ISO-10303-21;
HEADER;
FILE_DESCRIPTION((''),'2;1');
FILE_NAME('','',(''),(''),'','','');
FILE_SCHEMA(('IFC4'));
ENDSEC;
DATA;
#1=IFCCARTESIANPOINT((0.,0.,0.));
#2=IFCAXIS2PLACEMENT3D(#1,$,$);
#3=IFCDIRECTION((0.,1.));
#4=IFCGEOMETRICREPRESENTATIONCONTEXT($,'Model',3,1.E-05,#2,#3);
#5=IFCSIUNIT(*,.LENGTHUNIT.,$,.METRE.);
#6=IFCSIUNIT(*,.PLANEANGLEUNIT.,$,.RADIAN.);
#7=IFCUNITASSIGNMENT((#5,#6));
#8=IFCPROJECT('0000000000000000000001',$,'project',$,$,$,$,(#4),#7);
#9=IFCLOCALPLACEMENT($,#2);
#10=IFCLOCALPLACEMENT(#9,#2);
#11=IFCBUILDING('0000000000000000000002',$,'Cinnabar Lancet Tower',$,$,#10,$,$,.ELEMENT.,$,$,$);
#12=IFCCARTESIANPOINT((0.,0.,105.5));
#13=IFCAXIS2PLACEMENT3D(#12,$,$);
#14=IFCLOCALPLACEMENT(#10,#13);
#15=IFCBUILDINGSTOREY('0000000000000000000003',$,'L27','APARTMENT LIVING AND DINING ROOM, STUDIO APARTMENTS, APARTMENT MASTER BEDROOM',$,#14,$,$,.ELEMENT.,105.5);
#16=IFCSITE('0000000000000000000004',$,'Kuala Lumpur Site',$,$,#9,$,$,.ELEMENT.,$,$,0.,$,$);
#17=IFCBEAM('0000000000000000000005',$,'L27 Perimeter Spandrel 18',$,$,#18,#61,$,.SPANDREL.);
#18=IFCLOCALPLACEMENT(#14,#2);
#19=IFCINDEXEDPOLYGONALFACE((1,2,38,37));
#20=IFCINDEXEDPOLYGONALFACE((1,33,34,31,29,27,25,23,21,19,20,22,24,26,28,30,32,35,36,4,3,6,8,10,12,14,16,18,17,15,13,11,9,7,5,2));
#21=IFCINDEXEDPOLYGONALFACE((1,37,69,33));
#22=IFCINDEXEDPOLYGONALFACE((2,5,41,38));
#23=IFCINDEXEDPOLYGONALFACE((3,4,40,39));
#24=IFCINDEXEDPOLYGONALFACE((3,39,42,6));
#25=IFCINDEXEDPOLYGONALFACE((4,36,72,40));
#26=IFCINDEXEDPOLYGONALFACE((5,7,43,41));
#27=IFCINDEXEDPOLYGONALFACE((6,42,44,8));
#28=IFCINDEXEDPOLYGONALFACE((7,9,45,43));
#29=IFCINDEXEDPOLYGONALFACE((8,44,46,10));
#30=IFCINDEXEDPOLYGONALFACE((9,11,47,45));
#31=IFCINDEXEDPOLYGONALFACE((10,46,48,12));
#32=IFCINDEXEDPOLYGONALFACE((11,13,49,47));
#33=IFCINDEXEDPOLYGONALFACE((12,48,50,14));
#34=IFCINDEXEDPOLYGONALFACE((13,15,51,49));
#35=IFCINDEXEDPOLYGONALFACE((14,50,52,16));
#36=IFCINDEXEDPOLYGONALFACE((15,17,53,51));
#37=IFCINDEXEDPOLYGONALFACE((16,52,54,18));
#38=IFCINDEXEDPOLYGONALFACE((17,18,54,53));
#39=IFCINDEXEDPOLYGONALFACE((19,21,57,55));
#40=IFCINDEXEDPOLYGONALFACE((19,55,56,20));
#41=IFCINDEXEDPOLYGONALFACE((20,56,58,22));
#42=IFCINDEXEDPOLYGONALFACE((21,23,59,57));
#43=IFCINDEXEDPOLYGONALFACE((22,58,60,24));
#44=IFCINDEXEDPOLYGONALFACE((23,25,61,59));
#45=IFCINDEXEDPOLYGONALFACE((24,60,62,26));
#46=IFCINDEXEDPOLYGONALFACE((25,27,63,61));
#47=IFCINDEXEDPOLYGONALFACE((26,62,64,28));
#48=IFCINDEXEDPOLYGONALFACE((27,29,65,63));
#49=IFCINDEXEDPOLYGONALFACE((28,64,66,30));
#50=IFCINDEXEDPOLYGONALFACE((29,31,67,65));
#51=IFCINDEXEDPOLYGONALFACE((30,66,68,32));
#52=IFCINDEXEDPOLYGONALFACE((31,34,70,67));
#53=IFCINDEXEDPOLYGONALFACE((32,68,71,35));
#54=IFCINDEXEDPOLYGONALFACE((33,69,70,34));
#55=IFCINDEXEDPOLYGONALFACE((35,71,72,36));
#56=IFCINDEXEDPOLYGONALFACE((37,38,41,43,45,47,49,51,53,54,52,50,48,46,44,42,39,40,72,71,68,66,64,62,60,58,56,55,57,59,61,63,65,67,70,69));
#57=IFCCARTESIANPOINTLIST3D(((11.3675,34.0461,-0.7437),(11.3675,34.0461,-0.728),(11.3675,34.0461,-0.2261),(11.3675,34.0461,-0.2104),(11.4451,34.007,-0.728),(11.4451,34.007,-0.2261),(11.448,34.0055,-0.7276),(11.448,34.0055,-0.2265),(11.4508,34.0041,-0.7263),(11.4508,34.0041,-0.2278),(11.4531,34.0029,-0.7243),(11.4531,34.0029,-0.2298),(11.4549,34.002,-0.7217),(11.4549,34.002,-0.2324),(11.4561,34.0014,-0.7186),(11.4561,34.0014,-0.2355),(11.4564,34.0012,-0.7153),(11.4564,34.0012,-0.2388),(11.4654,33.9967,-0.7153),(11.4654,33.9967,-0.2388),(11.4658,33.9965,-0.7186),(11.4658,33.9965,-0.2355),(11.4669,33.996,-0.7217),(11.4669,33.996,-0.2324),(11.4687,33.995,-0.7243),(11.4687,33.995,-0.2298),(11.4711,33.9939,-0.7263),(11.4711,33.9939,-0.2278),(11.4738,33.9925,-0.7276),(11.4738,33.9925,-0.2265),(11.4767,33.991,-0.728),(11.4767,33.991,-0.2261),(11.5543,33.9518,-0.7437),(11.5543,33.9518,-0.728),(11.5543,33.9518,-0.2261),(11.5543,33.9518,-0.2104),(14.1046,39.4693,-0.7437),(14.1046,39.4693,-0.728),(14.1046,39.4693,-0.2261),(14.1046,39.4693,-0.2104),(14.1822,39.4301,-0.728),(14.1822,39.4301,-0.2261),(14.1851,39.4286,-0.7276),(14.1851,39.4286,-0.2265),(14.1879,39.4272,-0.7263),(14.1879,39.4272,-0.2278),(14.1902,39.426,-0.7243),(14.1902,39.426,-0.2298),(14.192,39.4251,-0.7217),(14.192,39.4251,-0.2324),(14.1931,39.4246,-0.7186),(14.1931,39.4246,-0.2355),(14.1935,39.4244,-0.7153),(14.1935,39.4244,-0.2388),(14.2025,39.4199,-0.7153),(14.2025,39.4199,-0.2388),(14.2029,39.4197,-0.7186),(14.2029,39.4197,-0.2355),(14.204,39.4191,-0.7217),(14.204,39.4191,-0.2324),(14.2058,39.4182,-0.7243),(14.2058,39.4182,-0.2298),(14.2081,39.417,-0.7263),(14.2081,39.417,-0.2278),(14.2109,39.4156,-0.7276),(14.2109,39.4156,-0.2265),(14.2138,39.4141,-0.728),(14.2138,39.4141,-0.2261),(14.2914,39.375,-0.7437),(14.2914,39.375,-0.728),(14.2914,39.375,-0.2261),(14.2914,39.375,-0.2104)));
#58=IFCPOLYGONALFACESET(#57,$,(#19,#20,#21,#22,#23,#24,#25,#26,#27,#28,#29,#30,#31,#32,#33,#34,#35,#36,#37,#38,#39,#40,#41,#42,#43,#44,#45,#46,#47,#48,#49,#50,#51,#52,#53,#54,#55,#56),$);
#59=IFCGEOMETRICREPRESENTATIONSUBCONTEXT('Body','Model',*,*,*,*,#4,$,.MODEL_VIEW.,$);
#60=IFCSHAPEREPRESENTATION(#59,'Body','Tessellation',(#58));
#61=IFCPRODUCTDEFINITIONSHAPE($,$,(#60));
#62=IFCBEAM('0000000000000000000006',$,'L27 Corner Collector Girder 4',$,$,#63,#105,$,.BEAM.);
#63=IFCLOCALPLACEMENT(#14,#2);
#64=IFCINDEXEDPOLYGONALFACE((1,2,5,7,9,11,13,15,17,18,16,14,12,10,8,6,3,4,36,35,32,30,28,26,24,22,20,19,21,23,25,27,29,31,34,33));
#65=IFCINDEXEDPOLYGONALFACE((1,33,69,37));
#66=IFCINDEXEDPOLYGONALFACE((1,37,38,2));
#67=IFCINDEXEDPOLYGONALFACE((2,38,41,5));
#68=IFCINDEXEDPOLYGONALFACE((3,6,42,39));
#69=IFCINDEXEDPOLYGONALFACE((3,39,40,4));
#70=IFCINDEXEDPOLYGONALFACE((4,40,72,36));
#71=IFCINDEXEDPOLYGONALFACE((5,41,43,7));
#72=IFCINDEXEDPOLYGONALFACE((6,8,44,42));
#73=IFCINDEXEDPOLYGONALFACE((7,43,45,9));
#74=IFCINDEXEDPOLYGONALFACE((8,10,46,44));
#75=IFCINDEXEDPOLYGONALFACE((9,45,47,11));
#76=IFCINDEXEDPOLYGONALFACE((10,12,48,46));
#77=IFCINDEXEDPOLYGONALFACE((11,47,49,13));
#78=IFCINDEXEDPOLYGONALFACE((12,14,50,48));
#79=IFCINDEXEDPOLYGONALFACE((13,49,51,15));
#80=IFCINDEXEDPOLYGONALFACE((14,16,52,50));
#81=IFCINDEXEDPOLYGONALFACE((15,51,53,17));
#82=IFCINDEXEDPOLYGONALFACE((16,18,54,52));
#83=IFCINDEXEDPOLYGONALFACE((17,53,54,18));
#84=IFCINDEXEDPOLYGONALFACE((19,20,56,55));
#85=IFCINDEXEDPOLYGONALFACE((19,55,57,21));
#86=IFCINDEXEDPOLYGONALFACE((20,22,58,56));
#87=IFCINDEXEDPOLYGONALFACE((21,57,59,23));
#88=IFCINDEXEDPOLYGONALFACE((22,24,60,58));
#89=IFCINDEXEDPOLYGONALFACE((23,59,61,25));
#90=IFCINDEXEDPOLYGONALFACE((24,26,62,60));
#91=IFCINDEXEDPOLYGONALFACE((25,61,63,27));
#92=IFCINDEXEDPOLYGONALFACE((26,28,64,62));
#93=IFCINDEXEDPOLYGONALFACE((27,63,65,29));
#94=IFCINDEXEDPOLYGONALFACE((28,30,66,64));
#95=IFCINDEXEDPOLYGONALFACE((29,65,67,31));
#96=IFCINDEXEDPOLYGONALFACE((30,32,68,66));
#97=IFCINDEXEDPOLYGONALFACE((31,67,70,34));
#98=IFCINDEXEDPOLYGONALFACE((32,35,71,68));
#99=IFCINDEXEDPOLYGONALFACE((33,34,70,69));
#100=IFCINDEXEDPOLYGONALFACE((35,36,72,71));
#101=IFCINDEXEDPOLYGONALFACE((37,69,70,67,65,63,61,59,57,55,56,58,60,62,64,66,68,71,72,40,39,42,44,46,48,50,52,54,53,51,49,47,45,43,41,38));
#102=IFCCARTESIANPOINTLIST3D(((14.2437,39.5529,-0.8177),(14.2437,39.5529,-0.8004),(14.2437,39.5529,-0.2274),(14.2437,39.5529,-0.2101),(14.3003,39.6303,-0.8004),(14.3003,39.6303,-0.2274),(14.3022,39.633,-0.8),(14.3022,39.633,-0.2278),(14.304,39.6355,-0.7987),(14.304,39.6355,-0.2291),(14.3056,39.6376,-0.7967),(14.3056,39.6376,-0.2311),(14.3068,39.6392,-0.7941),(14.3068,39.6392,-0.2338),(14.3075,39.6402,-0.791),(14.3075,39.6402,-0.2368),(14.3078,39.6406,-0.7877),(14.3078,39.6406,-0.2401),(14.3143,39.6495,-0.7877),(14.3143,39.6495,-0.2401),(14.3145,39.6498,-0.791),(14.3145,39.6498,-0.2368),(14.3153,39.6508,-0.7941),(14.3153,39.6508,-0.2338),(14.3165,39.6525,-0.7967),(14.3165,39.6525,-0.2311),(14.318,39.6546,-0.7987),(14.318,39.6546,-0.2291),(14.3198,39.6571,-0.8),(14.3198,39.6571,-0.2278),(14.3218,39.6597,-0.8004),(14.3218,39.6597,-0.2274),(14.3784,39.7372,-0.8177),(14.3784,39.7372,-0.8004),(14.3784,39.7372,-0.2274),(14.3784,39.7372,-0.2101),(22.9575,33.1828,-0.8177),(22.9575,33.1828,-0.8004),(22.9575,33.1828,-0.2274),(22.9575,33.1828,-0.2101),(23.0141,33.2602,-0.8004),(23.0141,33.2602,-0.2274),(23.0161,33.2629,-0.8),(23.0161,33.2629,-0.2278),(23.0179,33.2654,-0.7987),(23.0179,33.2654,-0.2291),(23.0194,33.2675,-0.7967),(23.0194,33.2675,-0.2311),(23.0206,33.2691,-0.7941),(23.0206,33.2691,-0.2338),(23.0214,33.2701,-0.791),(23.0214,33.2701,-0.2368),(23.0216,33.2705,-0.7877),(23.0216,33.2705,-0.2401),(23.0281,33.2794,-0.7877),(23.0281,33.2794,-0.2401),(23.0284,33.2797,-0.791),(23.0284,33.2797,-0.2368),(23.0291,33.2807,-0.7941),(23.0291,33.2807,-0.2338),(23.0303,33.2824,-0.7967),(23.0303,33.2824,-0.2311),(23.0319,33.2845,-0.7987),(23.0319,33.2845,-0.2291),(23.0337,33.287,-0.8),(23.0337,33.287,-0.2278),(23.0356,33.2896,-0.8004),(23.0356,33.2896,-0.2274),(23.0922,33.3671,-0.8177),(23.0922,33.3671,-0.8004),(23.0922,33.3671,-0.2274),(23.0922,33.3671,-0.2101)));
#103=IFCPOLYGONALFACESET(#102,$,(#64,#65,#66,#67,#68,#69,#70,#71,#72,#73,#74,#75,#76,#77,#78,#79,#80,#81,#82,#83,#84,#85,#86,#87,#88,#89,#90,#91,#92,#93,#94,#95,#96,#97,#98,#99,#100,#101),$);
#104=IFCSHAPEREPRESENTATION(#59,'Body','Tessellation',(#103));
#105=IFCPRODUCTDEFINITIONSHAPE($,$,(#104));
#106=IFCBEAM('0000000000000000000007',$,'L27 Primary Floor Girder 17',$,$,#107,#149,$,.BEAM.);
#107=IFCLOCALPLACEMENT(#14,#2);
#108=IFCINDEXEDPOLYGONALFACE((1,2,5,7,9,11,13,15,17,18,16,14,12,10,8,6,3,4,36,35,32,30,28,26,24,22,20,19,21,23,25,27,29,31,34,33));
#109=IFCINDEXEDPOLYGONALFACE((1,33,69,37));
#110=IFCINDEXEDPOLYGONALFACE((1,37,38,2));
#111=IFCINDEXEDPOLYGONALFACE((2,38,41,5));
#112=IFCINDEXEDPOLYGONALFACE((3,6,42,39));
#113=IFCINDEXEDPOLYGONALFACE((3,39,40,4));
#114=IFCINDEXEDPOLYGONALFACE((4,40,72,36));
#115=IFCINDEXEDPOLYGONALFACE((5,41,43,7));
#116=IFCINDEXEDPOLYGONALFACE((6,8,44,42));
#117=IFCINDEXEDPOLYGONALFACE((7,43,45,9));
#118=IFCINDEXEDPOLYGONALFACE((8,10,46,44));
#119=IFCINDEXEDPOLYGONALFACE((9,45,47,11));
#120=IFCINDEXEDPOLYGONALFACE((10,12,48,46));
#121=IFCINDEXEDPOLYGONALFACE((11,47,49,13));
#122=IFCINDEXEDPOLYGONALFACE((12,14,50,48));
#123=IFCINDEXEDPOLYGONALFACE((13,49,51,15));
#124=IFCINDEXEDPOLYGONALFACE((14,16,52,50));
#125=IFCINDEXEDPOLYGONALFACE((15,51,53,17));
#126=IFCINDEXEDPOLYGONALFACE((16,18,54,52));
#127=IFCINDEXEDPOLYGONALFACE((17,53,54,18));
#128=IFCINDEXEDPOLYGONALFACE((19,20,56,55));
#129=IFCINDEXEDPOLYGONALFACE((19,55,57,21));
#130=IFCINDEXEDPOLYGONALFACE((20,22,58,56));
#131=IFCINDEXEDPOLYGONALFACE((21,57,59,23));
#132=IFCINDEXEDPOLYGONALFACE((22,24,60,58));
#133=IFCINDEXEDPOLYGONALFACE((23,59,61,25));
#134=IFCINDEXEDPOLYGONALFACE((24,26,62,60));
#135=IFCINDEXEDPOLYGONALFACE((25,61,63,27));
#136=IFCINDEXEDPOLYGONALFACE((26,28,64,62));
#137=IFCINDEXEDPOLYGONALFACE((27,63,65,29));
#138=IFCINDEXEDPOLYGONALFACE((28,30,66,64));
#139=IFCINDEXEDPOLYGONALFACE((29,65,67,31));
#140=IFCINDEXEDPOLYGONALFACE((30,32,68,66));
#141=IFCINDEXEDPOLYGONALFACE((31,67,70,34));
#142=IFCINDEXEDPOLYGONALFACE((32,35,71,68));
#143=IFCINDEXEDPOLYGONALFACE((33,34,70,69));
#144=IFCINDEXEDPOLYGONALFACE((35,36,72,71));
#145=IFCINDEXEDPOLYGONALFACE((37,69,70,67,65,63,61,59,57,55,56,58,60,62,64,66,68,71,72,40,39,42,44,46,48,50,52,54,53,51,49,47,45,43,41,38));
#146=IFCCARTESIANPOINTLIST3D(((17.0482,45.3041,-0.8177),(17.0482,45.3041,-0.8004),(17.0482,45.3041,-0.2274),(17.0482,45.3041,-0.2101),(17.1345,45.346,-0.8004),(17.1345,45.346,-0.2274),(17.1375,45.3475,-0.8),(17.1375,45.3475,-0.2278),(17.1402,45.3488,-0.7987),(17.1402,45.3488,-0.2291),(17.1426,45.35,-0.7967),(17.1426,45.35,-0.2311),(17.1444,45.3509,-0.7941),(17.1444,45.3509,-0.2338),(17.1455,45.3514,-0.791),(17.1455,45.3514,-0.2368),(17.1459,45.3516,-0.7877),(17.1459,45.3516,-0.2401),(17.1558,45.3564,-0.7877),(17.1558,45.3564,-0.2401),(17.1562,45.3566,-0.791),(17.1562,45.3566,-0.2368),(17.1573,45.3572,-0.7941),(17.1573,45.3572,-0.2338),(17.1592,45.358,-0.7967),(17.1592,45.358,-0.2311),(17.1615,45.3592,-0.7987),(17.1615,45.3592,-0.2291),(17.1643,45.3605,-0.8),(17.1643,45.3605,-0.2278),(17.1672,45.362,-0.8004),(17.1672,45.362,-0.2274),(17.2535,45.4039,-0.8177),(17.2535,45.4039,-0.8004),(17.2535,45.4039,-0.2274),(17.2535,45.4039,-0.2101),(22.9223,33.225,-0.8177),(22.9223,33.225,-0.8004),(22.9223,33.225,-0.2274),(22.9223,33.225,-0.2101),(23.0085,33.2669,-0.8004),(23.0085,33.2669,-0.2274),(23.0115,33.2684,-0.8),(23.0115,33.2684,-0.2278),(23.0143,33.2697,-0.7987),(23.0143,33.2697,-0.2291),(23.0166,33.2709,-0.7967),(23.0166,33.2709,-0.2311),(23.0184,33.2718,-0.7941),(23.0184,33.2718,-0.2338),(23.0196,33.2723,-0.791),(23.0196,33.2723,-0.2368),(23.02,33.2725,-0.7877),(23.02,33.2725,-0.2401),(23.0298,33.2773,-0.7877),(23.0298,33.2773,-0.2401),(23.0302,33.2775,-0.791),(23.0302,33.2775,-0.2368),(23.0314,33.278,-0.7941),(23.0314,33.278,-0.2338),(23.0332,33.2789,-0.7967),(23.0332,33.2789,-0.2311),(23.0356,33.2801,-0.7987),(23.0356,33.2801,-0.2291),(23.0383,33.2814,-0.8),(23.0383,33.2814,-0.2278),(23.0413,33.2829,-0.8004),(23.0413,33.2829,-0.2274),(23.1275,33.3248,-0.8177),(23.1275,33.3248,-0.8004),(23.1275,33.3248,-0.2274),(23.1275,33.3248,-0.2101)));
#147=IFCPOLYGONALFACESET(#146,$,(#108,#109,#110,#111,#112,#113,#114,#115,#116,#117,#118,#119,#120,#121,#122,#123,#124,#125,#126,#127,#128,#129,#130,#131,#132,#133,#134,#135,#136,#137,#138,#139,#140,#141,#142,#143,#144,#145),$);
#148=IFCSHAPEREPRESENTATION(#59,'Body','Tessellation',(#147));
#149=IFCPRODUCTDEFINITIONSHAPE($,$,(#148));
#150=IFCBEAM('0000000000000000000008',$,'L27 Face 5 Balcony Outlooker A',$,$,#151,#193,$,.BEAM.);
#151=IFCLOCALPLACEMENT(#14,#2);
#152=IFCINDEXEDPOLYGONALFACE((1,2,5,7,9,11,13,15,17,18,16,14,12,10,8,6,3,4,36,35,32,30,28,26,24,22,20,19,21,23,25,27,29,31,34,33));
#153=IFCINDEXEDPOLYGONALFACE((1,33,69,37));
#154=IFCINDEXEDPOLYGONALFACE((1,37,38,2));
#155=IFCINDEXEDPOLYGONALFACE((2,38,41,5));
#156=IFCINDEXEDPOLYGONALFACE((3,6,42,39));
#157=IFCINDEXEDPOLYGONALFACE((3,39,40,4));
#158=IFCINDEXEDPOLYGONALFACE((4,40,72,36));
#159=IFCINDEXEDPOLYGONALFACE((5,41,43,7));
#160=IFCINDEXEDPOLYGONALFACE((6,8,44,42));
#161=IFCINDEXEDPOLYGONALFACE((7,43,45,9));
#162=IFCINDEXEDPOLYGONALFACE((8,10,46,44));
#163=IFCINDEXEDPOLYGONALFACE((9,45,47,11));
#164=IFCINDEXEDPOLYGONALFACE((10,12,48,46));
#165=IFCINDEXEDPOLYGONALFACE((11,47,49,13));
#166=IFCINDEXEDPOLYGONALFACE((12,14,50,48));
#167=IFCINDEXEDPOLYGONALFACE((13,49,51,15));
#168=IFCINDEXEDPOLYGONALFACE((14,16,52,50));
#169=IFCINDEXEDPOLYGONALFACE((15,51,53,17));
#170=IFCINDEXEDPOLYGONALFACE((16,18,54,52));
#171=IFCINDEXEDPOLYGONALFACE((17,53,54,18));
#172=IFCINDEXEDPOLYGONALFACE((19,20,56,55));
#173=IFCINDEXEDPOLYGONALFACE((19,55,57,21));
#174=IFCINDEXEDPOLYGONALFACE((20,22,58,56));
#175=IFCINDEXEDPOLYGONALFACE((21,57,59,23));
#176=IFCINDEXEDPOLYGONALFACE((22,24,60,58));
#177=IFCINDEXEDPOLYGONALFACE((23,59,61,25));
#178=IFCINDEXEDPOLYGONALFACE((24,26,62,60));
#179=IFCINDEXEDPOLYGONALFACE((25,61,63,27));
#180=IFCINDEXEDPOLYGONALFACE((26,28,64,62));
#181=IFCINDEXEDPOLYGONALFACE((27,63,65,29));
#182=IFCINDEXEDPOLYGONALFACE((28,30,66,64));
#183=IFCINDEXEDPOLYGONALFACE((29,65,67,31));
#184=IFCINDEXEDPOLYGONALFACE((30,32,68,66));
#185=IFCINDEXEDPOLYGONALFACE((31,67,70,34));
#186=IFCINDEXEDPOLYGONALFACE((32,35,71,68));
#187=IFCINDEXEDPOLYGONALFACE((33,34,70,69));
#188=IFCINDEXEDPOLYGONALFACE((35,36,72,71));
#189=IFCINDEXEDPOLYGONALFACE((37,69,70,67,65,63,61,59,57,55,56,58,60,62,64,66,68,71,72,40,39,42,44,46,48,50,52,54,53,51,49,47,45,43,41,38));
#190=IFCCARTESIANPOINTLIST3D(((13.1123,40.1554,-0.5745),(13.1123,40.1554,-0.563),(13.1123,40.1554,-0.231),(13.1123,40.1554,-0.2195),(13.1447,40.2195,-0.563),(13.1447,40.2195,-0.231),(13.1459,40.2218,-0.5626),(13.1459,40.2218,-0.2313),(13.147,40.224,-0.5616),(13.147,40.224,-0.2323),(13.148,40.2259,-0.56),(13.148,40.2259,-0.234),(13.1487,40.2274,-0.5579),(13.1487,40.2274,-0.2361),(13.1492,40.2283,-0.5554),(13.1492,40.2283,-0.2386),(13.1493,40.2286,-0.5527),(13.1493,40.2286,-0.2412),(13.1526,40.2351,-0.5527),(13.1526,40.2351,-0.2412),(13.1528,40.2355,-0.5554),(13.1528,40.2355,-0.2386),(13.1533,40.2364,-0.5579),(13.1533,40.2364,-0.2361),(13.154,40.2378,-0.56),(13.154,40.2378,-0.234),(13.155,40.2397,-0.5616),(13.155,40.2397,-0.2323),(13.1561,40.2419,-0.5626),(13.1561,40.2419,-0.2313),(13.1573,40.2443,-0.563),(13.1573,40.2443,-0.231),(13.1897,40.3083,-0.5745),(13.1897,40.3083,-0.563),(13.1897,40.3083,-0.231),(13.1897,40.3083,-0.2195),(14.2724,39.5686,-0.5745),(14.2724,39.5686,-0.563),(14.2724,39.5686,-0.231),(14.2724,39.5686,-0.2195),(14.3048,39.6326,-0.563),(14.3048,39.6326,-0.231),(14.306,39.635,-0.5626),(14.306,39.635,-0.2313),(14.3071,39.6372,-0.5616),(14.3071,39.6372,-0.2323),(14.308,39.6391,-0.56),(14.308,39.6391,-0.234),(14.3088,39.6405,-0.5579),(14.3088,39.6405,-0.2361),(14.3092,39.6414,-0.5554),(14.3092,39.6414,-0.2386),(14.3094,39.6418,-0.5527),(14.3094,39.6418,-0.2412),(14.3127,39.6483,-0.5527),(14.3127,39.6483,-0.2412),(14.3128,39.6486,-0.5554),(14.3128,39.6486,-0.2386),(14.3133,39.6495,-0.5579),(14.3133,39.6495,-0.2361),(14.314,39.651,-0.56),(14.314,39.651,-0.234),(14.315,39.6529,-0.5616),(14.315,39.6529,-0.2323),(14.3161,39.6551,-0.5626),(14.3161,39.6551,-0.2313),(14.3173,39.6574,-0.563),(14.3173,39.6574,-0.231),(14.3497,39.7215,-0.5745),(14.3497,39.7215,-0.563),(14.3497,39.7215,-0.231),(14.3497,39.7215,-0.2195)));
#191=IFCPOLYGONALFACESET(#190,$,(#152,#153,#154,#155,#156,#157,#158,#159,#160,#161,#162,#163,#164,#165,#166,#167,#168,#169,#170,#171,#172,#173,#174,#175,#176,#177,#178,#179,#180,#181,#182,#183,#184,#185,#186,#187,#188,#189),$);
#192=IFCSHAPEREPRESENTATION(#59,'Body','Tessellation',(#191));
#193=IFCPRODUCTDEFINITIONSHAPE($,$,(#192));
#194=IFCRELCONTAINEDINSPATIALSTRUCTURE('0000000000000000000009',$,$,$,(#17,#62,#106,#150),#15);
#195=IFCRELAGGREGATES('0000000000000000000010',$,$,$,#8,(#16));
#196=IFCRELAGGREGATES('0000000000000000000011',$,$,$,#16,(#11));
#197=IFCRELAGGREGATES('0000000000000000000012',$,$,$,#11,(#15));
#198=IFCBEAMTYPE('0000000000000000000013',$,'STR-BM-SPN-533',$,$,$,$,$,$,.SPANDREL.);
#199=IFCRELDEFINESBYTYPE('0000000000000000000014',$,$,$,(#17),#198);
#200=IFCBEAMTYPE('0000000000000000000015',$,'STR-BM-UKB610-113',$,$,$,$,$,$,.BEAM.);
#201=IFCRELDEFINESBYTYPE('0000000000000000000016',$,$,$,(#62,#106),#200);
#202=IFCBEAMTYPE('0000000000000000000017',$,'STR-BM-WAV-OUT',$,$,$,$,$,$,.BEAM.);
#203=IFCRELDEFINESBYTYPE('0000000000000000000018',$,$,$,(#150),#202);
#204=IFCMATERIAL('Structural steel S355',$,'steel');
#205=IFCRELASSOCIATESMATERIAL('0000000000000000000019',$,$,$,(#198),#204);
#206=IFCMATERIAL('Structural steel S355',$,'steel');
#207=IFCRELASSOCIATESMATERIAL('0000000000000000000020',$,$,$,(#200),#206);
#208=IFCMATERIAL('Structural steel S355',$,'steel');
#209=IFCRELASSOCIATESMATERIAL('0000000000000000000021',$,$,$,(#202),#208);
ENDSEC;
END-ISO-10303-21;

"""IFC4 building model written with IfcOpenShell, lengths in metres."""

from ifc_helpers import new_model, si_unit, direction, frame, origin, origin_2d, place, context, subcontext, project, spatial, i_section, extrude, material, material_profile, profile_set, type_object, element, save


model = new_model("IFC4")

# Units and contexts
model_context = context("Model", 3, precision=1e-05, world=origin(), true_north=direction((0.0, 1.0)))
body_context = subcontext(model_context, "Body", "Model", "MODEL_VIEW")
ifc_project = project(units=[si_unit("LENGTHUNIT", "METRE"), si_unit("PLANEANGLEUNIT", "RADIAN")], contexts=[model_context])

# Site, building, storey
site_placement = place(None, origin())
site = spatial("IfcSite", under=ifc_project, at=site_placement, Name="Kuala Lumpur Site", CompositionType="ELEMENT", RefElevation=0.0)
building_placement = place(site_placement, origin())
building = spatial("IfcBuilding", under=site, at=building_placement, Name="Cinnabar Lancet Tower", CompositionType="ELEMENT")
storey_placement = place(building_placement, frame((0.0, 0.0, 105.5)))
storey = spatial("IfcBuildingStorey", under=building, at=storey_placement, Name="L27", Description="APARTMENT LIVING AND DINING ROOM, STUDIO APARTMENTS, APARTMENT MASTER BEDROOM", CompositionType="ELEMENT", Elevation=105.5)

# Beams
ifc_material_1 = material(Name="Structural steel S355", Category="steel")
ifc_material_profile_1 = material_profile(ifc_material_1, i_section(OverallWidth=0.2092, OverallDepth=0.5332, WebThickness=0.01, FlangeThickness=0.0156, FilletRadius=0.0127, at=origin_2d()), Name="UKB 533x210x92")
ifc_profile_set_1 = profile_set([ifc_material_profile_1], Name="Structural steel S355")
beam_type_1 = type_object("IfcBeamType", Name="STR-BM-SPN-533", PredefinedType="SPANDREL", material=ifc_profile_set_1)
beam_1_placement = place(storey_placement, frame((14.198, 39.4221, -0.4771), z_axis=(-0.45057, -0.892741, 0.0), x_axis=(0.892741, -0.45057, 0.0)))
element("IfcBeam", 1, at=beam_1_placement, inside=storey, type_object=beam_type_1, Name="L27 Perimeter Spandrel 18", PredefinedType="SPANDREL", context=body_context, shape_type="SweptSolid", body=[
    extrude(i_section(OverallWidth=0.2092, OverallDepth=0.5332, WebThickness=0.01, FlangeThickness=0.0156, FilletRadius=0.0127, at=origin_2d()), origin(), (0.0, 0.0, 1.0), 6.0747),
])
ifc_material_2 = material(Name="Structural steel S355", Category="steel")
ifc_material_profile_2 = material_profile(ifc_material_2, i_section(OverallWidth=0.2283, OverallDepth=0.6077, WebThickness=0.011, FlangeThickness=0.0173, FilletRadius=0.0127, at=origin_2d()), Name="UKB 610x229x113")
ifc_profile_set_2 = profile_set([ifc_material_profile_2], Name="Structural steel S355")
beam_type_2 = type_object("IfcBeamType", Name="STR-BM-UKB610-113", PredefinedType="BEAM", material=ifc_profile_set_2)
beam_2_placement = place(storey_placement, frame((14.311, 39.645, -0.5139), z_axis=(0.80729, -0.590155, 0.0), x_axis=(0.590155, 0.80729, 0.0)))
element("IfcBeam", 2, at=beam_2_placement, inside=storey, type_object=beam_type_2, Name="L27 Corner Collector Girder 4", PredefinedType="BEAM", context=body_context, shape_type="SweptSolid", body=[
    extrude(i_section(OverallWidth=0.2283, OverallDepth=0.6077, WebThickness=0.011, FlangeThickness=0.0173, FilletRadius=0.0127, at=origin_2d()), origin(), (0.0, 0.0, 1.0), 10.7939),
])
beam_3_placement = place(storey_placement, frame((17.1509, 45.354, -0.5139), z_axis=(0.437327, -0.899302, 0.0), x_axis=(0.899302, 0.437327, 0.0)))
element("IfcBeam", 3, at=beam_3_placement, inside=storey, type_object=beam_type_2, Name="L27 Primary Floor Girder 17", PredefinedType="BEAM", context=body_context, shape_type="SweptSolid", body=[
    extrude(i_section(OverallWidth=0.2283, OverallDepth=0.6077, WebThickness=0.011, FlangeThickness=0.0173, FilletRadius=0.0127, at=origin_2d()), origin(), (0.0, 0.0, 1.0), 13.4316),
])
ifc_material_3 = material(Name="Structural steel S355", Category="steel")
ifc_material_profile_3 = material_profile(ifc_material_3, i_section(OverallWidth=0.1714, OverallDepth=0.355, WebThickness=0.0073, FlangeThickness=0.0115, FilletRadius=0.0103, at=origin_2d()), Name="UKB 356x171x51")
ifc_profile_set_3 = profile_set([ifc_material_profile_3], Name="Structural steel S355")
beam_type_3 = type_object("IfcBeamType", Name="STR-BM-WAV-OUT", PredefinedType="BEAM", material=ifc_profile_set_3)
for number, where, z_axis, x_axis, name in (
    (4, (14.311, 39.645, -0.397), (-0.892314, 0.451415, 0.0), (-0.451415, -0.892314, 0.0), "L27 Face 5 Balcony Outlooker A"),
):
    element("IfcBeam", number, at=place(storey_placement, frame(where, z_axis=z_axis, x_axis=x_axis)), inside=storey, type_object=beam_type_3, Name=name, PredefinedType="BEAM", context=body_context, shape_type="SweptSolid", body=[
        extrude(i_section(OverallWidth=0.1714, OverallDepth=0.355, WebThickness=0.0073, FlangeThickness=0.0115, FilletRadius=0.0103, at=origin_2d()), origin(), (0.0, 0.0, 1.0), 1.3),
    ])

save(model, "model.ifc")
